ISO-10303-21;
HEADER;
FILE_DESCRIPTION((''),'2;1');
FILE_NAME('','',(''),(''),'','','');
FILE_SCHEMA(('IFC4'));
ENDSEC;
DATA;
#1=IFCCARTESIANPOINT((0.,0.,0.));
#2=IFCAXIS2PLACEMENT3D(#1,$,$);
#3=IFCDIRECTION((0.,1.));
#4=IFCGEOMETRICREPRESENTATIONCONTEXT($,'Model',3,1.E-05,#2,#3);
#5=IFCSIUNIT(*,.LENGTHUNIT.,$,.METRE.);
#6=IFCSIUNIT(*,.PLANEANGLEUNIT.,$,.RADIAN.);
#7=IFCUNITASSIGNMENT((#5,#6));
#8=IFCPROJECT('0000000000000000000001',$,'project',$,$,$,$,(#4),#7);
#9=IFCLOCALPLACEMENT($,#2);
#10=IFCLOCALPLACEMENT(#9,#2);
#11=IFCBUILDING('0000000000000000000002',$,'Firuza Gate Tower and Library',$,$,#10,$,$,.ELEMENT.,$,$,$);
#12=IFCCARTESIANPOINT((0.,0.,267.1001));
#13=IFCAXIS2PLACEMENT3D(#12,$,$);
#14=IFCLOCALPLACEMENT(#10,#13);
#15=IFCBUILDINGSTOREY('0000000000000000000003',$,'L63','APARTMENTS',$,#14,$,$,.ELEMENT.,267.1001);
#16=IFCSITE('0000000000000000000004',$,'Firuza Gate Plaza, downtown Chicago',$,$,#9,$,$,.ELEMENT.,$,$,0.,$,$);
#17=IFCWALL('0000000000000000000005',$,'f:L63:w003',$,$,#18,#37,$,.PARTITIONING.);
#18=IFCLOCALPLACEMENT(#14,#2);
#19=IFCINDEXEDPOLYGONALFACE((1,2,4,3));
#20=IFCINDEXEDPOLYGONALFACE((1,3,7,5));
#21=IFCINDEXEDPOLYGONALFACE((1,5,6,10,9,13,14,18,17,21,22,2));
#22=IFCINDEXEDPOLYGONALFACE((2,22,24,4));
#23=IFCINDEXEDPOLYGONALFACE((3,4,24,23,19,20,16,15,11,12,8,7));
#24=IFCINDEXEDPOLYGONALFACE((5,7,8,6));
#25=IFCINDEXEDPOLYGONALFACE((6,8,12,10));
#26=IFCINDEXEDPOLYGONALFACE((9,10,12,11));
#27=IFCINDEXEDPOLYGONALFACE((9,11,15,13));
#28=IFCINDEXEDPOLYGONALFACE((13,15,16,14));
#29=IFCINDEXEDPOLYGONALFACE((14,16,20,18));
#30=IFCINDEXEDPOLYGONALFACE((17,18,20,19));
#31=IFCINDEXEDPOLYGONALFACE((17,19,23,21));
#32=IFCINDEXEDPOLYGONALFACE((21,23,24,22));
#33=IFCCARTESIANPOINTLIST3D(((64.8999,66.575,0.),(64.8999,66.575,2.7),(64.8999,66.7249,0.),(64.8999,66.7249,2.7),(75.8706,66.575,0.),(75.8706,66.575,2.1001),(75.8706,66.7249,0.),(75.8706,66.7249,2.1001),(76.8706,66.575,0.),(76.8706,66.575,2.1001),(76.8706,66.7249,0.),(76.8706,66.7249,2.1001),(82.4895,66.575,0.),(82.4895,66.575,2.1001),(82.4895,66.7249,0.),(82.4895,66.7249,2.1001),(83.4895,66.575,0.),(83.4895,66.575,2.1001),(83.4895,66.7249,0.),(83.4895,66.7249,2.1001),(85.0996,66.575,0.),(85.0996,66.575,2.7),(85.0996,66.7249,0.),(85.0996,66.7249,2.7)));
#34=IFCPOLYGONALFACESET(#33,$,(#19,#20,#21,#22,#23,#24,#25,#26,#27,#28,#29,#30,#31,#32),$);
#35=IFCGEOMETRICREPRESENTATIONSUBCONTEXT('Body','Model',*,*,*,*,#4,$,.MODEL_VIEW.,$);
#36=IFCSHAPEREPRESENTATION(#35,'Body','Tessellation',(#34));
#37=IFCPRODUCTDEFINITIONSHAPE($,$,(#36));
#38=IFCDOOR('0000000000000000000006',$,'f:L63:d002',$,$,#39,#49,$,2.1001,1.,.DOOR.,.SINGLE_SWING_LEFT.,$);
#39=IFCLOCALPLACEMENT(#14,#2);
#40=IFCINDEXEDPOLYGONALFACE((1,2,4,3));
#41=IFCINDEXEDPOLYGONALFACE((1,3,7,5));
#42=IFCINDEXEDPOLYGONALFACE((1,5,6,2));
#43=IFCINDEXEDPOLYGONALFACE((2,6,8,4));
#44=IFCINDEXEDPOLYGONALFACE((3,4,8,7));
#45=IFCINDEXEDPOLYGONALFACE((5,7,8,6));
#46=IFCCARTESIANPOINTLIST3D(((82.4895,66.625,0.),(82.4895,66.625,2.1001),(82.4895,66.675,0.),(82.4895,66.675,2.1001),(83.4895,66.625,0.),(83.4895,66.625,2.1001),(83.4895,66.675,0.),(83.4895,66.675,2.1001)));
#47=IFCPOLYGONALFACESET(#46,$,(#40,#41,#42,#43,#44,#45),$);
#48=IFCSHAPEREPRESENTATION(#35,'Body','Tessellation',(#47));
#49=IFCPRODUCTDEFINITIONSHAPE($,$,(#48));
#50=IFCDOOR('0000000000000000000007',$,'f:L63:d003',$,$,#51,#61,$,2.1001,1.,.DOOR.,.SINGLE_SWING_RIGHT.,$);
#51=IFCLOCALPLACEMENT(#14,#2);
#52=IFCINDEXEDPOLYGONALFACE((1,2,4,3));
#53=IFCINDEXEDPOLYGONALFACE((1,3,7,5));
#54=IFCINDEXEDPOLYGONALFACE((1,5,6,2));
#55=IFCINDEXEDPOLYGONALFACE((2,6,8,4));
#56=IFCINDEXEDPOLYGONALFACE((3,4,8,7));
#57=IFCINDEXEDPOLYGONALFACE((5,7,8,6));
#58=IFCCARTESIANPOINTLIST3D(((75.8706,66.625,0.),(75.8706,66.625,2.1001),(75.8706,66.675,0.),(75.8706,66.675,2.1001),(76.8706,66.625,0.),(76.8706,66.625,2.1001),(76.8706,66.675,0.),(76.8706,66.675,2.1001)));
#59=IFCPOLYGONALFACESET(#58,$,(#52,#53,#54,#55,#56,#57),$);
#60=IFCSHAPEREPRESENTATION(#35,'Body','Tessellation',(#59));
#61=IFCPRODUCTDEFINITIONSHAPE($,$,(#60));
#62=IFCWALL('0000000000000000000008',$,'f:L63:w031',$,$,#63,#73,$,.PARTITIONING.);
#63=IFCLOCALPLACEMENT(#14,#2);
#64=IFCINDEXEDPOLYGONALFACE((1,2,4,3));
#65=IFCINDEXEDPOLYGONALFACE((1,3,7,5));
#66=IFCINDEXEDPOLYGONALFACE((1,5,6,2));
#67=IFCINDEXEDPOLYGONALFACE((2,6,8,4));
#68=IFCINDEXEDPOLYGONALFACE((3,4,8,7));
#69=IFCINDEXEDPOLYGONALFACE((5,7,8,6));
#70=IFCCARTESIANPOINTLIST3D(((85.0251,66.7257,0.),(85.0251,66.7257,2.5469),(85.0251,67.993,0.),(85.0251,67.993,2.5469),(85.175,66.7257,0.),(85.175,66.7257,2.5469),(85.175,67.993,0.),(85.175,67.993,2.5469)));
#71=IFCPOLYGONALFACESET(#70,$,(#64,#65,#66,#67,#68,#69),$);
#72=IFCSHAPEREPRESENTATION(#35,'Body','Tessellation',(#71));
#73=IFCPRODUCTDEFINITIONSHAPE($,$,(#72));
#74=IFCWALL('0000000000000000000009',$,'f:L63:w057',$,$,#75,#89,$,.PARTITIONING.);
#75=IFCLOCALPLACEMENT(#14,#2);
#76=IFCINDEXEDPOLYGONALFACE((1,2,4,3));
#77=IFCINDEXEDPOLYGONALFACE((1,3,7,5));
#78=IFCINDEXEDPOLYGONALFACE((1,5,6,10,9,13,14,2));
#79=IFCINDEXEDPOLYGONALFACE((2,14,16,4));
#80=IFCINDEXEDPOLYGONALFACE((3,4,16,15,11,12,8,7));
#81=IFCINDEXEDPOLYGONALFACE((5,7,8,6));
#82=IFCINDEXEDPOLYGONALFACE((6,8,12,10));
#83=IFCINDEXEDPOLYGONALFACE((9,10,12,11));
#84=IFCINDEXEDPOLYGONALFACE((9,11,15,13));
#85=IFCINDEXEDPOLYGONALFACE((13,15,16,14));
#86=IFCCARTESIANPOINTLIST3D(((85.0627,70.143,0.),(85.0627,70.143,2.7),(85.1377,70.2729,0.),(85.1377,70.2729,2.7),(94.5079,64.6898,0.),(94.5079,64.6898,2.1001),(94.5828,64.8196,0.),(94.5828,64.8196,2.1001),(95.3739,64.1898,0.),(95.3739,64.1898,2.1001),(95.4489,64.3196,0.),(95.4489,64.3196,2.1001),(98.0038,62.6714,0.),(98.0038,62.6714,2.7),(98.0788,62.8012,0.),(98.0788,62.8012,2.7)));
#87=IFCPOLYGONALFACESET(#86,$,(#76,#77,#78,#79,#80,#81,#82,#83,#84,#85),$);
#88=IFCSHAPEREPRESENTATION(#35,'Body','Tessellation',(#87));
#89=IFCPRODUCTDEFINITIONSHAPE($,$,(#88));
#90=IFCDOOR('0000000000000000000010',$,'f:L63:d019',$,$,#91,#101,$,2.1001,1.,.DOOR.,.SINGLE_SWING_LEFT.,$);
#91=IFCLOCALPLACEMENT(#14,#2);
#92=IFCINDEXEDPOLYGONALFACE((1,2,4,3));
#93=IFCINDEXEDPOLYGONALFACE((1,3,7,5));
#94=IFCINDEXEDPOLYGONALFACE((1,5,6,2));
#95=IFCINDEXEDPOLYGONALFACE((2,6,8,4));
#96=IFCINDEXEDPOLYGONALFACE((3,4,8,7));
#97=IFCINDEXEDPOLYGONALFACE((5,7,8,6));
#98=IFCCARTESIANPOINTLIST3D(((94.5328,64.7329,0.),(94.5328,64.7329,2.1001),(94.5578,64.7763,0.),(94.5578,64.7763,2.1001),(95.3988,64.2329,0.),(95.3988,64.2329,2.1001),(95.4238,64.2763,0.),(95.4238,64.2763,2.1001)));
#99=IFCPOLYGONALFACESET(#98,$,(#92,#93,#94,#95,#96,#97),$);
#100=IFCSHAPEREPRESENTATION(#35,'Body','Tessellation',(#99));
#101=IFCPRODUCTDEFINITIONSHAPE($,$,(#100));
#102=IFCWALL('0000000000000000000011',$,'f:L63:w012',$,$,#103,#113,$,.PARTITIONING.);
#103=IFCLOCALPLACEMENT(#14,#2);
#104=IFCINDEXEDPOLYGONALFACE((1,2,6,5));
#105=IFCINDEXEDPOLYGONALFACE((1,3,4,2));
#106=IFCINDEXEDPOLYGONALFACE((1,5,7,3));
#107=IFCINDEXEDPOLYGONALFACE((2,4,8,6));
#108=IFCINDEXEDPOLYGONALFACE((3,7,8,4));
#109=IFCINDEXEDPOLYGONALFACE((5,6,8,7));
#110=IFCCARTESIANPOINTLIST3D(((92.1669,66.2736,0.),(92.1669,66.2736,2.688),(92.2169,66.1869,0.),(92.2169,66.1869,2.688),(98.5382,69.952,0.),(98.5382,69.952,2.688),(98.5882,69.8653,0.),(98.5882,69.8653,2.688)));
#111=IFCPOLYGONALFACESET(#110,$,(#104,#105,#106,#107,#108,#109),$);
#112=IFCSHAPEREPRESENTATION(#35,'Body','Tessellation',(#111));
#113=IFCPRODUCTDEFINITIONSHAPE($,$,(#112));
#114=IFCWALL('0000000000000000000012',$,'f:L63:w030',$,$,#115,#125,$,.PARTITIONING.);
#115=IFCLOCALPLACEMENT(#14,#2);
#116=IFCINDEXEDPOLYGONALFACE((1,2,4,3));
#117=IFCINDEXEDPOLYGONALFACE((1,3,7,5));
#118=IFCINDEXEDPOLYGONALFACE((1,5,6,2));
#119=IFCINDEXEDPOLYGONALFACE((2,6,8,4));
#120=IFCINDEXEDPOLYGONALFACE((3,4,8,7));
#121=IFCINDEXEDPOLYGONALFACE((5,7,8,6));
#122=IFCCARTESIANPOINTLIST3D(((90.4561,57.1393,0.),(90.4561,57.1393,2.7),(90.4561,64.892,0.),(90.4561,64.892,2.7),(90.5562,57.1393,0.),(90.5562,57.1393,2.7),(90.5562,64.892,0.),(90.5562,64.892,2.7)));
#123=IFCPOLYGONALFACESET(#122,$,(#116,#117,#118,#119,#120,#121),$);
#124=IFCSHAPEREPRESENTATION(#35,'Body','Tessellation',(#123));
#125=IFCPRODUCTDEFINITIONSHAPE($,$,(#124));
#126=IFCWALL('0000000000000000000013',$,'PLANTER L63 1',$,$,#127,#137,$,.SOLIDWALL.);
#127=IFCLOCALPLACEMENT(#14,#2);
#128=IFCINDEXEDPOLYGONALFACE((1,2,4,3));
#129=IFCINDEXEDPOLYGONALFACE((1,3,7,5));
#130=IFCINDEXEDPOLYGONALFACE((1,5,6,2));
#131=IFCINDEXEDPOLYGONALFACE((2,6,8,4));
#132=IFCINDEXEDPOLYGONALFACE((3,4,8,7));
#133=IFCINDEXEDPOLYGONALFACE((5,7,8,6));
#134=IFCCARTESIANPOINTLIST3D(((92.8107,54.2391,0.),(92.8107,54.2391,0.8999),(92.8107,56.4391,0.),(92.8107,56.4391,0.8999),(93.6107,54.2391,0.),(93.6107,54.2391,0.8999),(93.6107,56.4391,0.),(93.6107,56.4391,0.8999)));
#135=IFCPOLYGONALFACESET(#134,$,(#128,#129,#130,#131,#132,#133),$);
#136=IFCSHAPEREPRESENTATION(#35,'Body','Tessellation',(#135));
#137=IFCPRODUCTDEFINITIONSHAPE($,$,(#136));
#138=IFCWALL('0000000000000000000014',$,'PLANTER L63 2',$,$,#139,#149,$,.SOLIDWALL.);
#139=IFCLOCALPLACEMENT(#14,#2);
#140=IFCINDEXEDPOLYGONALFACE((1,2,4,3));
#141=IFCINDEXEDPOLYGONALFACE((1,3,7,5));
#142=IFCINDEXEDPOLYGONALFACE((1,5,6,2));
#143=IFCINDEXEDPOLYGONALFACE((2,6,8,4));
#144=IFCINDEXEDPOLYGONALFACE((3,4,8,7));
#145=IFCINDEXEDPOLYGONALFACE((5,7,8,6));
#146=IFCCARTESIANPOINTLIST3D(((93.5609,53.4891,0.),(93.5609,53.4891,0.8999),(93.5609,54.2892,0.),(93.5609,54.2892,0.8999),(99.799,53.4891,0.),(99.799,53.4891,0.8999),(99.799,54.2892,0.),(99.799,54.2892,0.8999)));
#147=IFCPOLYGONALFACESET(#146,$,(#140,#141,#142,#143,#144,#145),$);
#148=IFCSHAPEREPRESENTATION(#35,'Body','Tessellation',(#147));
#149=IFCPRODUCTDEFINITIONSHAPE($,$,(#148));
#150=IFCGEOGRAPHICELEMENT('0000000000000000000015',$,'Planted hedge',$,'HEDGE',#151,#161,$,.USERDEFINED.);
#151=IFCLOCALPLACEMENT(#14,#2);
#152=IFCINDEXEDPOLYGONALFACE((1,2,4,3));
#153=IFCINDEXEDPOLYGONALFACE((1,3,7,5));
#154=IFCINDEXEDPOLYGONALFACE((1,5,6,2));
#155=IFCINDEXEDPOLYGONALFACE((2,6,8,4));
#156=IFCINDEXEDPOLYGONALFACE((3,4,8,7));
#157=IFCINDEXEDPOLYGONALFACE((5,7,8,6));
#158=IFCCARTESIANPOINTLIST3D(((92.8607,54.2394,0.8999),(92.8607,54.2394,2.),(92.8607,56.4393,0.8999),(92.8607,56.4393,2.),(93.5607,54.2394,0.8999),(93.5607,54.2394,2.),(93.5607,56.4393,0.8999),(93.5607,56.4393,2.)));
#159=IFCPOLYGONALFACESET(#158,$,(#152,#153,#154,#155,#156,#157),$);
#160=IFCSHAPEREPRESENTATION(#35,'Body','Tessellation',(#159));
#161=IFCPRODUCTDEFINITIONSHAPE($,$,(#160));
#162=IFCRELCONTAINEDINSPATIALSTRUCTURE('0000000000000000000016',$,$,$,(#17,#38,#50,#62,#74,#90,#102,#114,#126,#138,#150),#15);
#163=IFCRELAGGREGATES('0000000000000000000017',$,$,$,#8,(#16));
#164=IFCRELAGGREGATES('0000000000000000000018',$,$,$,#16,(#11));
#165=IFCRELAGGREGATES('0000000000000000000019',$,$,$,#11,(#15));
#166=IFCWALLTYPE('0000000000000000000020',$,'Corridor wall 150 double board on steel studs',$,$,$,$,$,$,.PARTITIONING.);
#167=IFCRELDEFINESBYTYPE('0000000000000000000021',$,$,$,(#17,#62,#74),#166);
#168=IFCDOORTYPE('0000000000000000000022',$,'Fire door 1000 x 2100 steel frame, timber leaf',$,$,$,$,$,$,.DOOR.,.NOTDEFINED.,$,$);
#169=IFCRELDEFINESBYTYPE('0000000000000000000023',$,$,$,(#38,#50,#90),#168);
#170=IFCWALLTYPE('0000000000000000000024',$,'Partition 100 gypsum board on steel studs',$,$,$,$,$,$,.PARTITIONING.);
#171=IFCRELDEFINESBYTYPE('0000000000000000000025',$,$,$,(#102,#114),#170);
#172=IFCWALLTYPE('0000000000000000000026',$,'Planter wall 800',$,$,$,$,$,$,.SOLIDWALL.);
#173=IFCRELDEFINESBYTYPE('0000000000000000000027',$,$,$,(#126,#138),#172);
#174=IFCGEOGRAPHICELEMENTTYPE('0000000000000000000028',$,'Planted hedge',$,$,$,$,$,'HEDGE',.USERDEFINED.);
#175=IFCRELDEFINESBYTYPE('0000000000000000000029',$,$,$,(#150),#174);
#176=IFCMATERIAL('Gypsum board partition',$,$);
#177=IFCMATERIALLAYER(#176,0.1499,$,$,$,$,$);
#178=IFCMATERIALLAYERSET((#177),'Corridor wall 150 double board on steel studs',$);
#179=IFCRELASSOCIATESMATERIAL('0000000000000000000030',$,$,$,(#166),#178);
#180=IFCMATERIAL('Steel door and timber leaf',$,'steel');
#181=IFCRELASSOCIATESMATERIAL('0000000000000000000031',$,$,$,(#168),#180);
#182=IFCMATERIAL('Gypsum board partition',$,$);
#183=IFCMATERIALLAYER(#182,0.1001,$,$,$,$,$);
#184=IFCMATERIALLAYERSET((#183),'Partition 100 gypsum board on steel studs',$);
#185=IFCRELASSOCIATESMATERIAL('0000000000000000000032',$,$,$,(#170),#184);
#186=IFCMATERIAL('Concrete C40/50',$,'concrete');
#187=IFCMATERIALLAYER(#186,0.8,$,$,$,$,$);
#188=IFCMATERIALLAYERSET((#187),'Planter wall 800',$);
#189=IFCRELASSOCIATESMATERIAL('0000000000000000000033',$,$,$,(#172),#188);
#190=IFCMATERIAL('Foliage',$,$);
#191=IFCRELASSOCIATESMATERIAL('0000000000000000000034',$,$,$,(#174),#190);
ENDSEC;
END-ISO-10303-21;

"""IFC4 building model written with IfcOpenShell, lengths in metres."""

from ifc_helpers import new_model, si_unit, direction, frame, frame_2d, origin, origin_2d, place, context, subcontext, project, spatial, rectangle, extrude, material, layer, layer_set, type_object, element, fill, save


model = new_model("IFC4")

# Units and contexts
model_context = context("Model", 3, precision=1e-05, world=origin(), true_north=direction((0.0, 1.0)))
body_context = subcontext(model_context, "Body", "Model", "MODEL_VIEW")
ifc_project = project(units=[si_unit("LENGTHUNIT", "METRE"), si_unit("PLANEANGLEUNIT", "RADIAN")], contexts=[model_context])

# Site, building, storey
site_placement = place(None, origin())
site = spatial("IfcSite", under=ifc_project, at=site_placement, Name="Firuza Gate Plaza, downtown Chicago", CompositionType="ELEMENT", RefElevation=0.0)
building_placement = place(site_placement, origin())
building = spatial("IfcBuilding", under=site, at=building_placement, Name="Firuza Gate Tower and Library", CompositionType="ELEMENT")
storey_placement = place(building_placement, frame((0.0, 0.0, 267.1001)))
storey = spatial("IfcBuildingStorey", under=building, at=storey_placement, Name="L63", Description="APARTMENTS", CompositionType="ELEMENT", Elevation=267.1001)

# Wall, openings, doors
ifc_material_1 = material(Name="Gypsum board partition")
ifc_layer_1 = layer(ifc_material_1, 0.1499)
ifc_layer_set_1 = layer_set([ifc_layer_1], Name="Corridor wall 150 double board on steel studs")
wall_type_1 = type_object("IfcWallType", Name="Corridor wall 150 double board on steel studs", PredefinedType="PARTITIONING", material=ifc_layer_set_1)
wall_1_placement = place(storey_placement, frame((85.0996, 66.6499, 0.0), z_axis=(0.0, 0.0, 1.0), x_axis=(-1.0, 0.0, 0.0)))
wall_1 = element("IfcWall", 1, at=wall_1_placement, inside=storey, type_object=wall_type_1, Name="f:L63:w003", PredefinedType="PARTITIONING", context=body_context, shape_type="SweptSolid", body=[
    extrude(rectangle(XDim=20.1997, YDim=0.1499, at=frame_2d((10.0999, 0.0))), origin(), (0.0, 0.0, 1.0), 2.7),
])
opening_1_placement = place(wall_1_placement, frame((1.6101, 0.0, 0.0)))
opening_1 = element("IfcOpeningElement", 2, at=opening_1_placement, cuts=wall_1, PredefinedType="OPENING", context=body_context, shape_type="SweptSolid", body=[
    extrude(rectangle(XDim=1.0, YDim=2.1001, at=frame_2d((0.5, 1.05))), frame((0.0, 0.085, 0.0), z_axis=(0.0, -1.0, 0.0), x_axis=(1.0, 0.0, 0.0)), (0.0, 0.0, 1.0), 0.1699),
])
opening_2_placement = place(wall_1_placement, frame((8.229, 0.0, 0.0)))
opening_2 = element("IfcOpeningElement", 3, at=opening_2_placement, cuts=wall_1, PredefinedType="OPENING", context=body_context, shape_type="SweptSolid", body=[
    extrude(rectangle(XDim=1.0, YDim=2.1001, at=frame_2d((0.5, 1.05))), frame((0.0, 0.085, 0.0), z_axis=(0.0, -1.0, 0.0), x_axis=(1.0, 0.0, 0.0)), (0.0, 0.0, 1.0), 0.1699),
])
ifc_material_2 = material(Name="Steel door and timber leaf", Category="steel")
door_type = type_object("IfcDoorType", Name="Fire door 1000 x 2100 steel frame, timber leaf", OperationType="NOTDEFINED", PredefinedType="DOOR", material=ifc_material_2)
door_1_placement = place(opening_1_placement, origin())
door_1 = element("IfcDoor", 4, at=door_1_placement, inside=storey, type_object=door_type, Name="f:L63:d002", OperationType="SINGLE_SWING_LEFT", OverallHeight=2.1001, OverallWidth=1.0, PredefinedType="DOOR", context=body_context, shape_type="SweptSolid", body=[
    extrude(rectangle(XDim=1.0, YDim=2.1001, at=frame_2d((0.5, 1.05))), frame((0.0, 0.0249, 0.0), z_axis=(0.0, -1.0, 0.0), x_axis=(1.0, 0.0, 0.0)), (0.0, 0.0, 1.0), 0.05),
])
fill(opening_1, door_1)
door_2_placement = place(opening_2_placement, origin())
door_2 = element("IfcDoor", 5, at=door_2_placement, inside=storey, type_object=door_type, Name="f:L63:d003", OperationType="SINGLE_SWING_RIGHT", OverallHeight=2.1001, OverallWidth=1.0, PredefinedType="DOOR", context=body_context, shape_type="SweptSolid", body=[
    extrude(rectangle(XDim=1.0, YDim=2.1001, at=frame_2d((0.5, 1.05))), frame((0.0, 0.0249, 0.0), z_axis=(0.0, -1.0, 0.0), x_axis=(1.0, 0.0, 0.0)), (0.0, 0.0, 1.0), 0.05),
])
fill(opening_2, door_2)

# Wall
wall_2_placement = place(storey_placement, frame((85.1001, 66.7256, 0.0), z_axis=(0.0, 0.0, 1.0), x_axis=(0.0, 1.0, 0.0)))
element("IfcWall", 6, at=wall_2_placement, inside=storey, type_object=wall_type_1, Name="f:L63:w031", PredefinedType="PARTITIONING", context=body_context, shape_type="SweptSolid", body=[
    extrude(rectangle(XDim=1.2673, YDim=0.1499, at=frame_2d((0.6338, 0.0))), origin(), (0.0, 0.0, 1.0), 2.5469),
])

# Wall, opening, door
wall_3_placement = place(storey_placement, frame((85.1001, 70.208, 0.0), z_axis=(0.0, 0.0, 1.0), x_axis=(0.866023, -0.500005, 0.0)))
wall_3 = element("IfcWall", 7, at=wall_3_placement, inside=storey, type_object=wall_type_1, Name="f:L63:w057", PredefinedType="PARTITIONING", context=body_context, shape_type="SweptSolid", body=[
    extrude(rectangle(XDim=14.9431, YDim=0.1499, at=frame_2d((7.4717, 0.0))), origin(), (0.0, 0.0, 1.0), 2.7),
])
opening_3_placement = place(wall_3_placement, frame((10.9065, 0.0, 0.0)))
opening_3 = element("IfcOpeningElement", 8, at=opening_3_placement, cuts=wall_3, PredefinedType="OPENING", context=body_context, shape_type="SweptSolid", body=[
    extrude(rectangle(XDim=1.0, YDim=2.1001, at=frame_2d((0.5, 1.05))), frame((0.0, 0.085, 0.0), z_axis=(0.0, -1.0, 0.0), x_axis=(1.0, 0.0, 0.0)), (0.0, 0.0, 1.0), 0.1699),
])
door_3_placement = place(opening_3_placement, origin())
door_3 = element("IfcDoor", 9, at=door_3_placement, inside=storey, type_object=door_type, Name="f:L63:d019", OperationType="SINGLE_SWING_LEFT", OverallHeight=2.1001, OverallWidth=1.0, PredefinedType="DOOR", context=body_context, shape_type="SweptSolid", body=[
    extrude(rectangle(XDim=1.0, YDim=2.1001, at=frame_2d((0.5, 1.05))), frame((0.0, 0.0249, 0.0), z_axis=(0.0, -1.0, 0.0), x_axis=(1.0, 0.0, 0.0)), (0.0, 0.0, 1.0), 0.05),
])
fill(opening_3, door_3)

# Walls
ifc_material_3 = material(Name="Gypsum board partition")
ifc_layer_2 = layer(ifc_material_3, 0.1001)
ifc_layer_set_2 = layer_set([ifc_layer_2], Name="Partition 100 gypsum board on steel studs")
wall_type_2 = type_object("IfcWallType", Name="Partition 100 gypsum board on steel studs", PredefinedType="PARTITIONING", material=ifc_layer_set_2)
wall_4_placement = place(storey_placement, frame((92.1919, 66.2302, 0.0), z_axis=(0.0, 0.0, 1.0), x_axis=(0.866027, 0.499997, 0.0)))
element("IfcWall", 10, at=wall_4_placement, inside=storey, type_object=wall_type_2, Name="f:L63:w012", PredefinedType="PARTITIONING", context=body_context, shape_type="SweptSolid", body=[
    extrude(rectangle(XDim=7.3569, YDim=0.1001, at=frame_2d((3.6785, 0.0))), origin(), (0.0, 0.0, 1.0), 2.688),
])
wall_5_placement = place(storey_placement, frame((90.5061, 57.1392, 0.0), z_axis=(0.0, 0.0, 1.0), x_axis=(0.0, 1.0, 0.0)))
element("IfcWall", 11, at=wall_5_placement, inside=storey, type_object=wall_type_2, Name="f:L63:w030", PredefinedType="PARTITIONING", context=body_context, shape_type="SweptSolid", body=[
    extrude(rectangle(XDim=7.7527, YDim=0.1001, at=frame_2d((3.8765, 0.0))), origin(), (0.0, 0.0, 1.0), 2.7),
])
ifc_material_4 = material(Name="Concrete C40/50", Category="concrete")
ifc_layer_3 = layer(ifc_material_4, 0.8)
ifc_layer_set_3 = layer_set([ifc_layer_3], Name="Planter wall 800")
wall_type_3 = type_object("IfcWallType", Name="Planter wall 800", PredefinedType="SOLIDWALL", material=ifc_layer_set_3)
wall_6_placement = place(storey_placement, frame((93.2107, 56.4392, 0.0), z_axis=(0.0, 0.0, 1.0), x_axis=(0.0, -1.0, 0.0)))
element("IfcWall", 12, at=wall_6_placement, inside=storey, type_object=wall_type_3, Name="PLANTER L63 1", PredefinedType="SOLIDWALL", context=body_context, shape_type="SweptSolid", body=[
    extrude(rectangle(XDim=2.2, YDim=0.8, at=frame_2d((1.1001, 0.0))), origin(), (0.0, 0.0, 1.0), 0.8999),
])
wall_7_placement = place(storey_placement, frame((93.5608, 53.8892, 0.0), z_axis=(0.0, 0.0, 1.0), x_axis=(1.0, 0.0, 0.0)))
element("IfcWall", 13, at=wall_7_placement, inside=storey, type_object=wall_type_3, Name="PLANTER L63 2", PredefinedType="SOLIDWALL", context=body_context, shape_type="SweptSolid", body=[
    extrude(rectangle(XDim=6.238, YDim=0.8, at=frame_2d((3.1191, 0.0))), origin(), (0.0, 0.0, 1.0), 0.8999),
])

# Geographic element
ifc_material_5 = material(Name="Foliage")
geographic_element_type = type_object("IfcGeographicElementType", Name="Planted hedge", ElementType="HEDGE", PredefinedType="USERDEFINED", material=ifc_material_5)
geographic_element_placement = place(storey_placement, frame((93.2107, 55.3394, 0.8999), z_axis=(0.0, 0.0, 1.0), x_axis=(0.0, -1.0, 0.0)))
element("IfcGeographicElement", 14, at=geographic_element_placement, inside=storey, type_object=geographic_element_type, Name="Planted hedge", ObjectType="HEDGE", PredefinedType="USERDEFINED", context=body_context, shape_type="SweptSolid", body=[
    extrude(rectangle(XDim=2.2, YDim=0.7, at=origin_2d()), origin(), (0.0, 0.0, 1.0), 1.1001),
])

save(model, "model.ifc")
